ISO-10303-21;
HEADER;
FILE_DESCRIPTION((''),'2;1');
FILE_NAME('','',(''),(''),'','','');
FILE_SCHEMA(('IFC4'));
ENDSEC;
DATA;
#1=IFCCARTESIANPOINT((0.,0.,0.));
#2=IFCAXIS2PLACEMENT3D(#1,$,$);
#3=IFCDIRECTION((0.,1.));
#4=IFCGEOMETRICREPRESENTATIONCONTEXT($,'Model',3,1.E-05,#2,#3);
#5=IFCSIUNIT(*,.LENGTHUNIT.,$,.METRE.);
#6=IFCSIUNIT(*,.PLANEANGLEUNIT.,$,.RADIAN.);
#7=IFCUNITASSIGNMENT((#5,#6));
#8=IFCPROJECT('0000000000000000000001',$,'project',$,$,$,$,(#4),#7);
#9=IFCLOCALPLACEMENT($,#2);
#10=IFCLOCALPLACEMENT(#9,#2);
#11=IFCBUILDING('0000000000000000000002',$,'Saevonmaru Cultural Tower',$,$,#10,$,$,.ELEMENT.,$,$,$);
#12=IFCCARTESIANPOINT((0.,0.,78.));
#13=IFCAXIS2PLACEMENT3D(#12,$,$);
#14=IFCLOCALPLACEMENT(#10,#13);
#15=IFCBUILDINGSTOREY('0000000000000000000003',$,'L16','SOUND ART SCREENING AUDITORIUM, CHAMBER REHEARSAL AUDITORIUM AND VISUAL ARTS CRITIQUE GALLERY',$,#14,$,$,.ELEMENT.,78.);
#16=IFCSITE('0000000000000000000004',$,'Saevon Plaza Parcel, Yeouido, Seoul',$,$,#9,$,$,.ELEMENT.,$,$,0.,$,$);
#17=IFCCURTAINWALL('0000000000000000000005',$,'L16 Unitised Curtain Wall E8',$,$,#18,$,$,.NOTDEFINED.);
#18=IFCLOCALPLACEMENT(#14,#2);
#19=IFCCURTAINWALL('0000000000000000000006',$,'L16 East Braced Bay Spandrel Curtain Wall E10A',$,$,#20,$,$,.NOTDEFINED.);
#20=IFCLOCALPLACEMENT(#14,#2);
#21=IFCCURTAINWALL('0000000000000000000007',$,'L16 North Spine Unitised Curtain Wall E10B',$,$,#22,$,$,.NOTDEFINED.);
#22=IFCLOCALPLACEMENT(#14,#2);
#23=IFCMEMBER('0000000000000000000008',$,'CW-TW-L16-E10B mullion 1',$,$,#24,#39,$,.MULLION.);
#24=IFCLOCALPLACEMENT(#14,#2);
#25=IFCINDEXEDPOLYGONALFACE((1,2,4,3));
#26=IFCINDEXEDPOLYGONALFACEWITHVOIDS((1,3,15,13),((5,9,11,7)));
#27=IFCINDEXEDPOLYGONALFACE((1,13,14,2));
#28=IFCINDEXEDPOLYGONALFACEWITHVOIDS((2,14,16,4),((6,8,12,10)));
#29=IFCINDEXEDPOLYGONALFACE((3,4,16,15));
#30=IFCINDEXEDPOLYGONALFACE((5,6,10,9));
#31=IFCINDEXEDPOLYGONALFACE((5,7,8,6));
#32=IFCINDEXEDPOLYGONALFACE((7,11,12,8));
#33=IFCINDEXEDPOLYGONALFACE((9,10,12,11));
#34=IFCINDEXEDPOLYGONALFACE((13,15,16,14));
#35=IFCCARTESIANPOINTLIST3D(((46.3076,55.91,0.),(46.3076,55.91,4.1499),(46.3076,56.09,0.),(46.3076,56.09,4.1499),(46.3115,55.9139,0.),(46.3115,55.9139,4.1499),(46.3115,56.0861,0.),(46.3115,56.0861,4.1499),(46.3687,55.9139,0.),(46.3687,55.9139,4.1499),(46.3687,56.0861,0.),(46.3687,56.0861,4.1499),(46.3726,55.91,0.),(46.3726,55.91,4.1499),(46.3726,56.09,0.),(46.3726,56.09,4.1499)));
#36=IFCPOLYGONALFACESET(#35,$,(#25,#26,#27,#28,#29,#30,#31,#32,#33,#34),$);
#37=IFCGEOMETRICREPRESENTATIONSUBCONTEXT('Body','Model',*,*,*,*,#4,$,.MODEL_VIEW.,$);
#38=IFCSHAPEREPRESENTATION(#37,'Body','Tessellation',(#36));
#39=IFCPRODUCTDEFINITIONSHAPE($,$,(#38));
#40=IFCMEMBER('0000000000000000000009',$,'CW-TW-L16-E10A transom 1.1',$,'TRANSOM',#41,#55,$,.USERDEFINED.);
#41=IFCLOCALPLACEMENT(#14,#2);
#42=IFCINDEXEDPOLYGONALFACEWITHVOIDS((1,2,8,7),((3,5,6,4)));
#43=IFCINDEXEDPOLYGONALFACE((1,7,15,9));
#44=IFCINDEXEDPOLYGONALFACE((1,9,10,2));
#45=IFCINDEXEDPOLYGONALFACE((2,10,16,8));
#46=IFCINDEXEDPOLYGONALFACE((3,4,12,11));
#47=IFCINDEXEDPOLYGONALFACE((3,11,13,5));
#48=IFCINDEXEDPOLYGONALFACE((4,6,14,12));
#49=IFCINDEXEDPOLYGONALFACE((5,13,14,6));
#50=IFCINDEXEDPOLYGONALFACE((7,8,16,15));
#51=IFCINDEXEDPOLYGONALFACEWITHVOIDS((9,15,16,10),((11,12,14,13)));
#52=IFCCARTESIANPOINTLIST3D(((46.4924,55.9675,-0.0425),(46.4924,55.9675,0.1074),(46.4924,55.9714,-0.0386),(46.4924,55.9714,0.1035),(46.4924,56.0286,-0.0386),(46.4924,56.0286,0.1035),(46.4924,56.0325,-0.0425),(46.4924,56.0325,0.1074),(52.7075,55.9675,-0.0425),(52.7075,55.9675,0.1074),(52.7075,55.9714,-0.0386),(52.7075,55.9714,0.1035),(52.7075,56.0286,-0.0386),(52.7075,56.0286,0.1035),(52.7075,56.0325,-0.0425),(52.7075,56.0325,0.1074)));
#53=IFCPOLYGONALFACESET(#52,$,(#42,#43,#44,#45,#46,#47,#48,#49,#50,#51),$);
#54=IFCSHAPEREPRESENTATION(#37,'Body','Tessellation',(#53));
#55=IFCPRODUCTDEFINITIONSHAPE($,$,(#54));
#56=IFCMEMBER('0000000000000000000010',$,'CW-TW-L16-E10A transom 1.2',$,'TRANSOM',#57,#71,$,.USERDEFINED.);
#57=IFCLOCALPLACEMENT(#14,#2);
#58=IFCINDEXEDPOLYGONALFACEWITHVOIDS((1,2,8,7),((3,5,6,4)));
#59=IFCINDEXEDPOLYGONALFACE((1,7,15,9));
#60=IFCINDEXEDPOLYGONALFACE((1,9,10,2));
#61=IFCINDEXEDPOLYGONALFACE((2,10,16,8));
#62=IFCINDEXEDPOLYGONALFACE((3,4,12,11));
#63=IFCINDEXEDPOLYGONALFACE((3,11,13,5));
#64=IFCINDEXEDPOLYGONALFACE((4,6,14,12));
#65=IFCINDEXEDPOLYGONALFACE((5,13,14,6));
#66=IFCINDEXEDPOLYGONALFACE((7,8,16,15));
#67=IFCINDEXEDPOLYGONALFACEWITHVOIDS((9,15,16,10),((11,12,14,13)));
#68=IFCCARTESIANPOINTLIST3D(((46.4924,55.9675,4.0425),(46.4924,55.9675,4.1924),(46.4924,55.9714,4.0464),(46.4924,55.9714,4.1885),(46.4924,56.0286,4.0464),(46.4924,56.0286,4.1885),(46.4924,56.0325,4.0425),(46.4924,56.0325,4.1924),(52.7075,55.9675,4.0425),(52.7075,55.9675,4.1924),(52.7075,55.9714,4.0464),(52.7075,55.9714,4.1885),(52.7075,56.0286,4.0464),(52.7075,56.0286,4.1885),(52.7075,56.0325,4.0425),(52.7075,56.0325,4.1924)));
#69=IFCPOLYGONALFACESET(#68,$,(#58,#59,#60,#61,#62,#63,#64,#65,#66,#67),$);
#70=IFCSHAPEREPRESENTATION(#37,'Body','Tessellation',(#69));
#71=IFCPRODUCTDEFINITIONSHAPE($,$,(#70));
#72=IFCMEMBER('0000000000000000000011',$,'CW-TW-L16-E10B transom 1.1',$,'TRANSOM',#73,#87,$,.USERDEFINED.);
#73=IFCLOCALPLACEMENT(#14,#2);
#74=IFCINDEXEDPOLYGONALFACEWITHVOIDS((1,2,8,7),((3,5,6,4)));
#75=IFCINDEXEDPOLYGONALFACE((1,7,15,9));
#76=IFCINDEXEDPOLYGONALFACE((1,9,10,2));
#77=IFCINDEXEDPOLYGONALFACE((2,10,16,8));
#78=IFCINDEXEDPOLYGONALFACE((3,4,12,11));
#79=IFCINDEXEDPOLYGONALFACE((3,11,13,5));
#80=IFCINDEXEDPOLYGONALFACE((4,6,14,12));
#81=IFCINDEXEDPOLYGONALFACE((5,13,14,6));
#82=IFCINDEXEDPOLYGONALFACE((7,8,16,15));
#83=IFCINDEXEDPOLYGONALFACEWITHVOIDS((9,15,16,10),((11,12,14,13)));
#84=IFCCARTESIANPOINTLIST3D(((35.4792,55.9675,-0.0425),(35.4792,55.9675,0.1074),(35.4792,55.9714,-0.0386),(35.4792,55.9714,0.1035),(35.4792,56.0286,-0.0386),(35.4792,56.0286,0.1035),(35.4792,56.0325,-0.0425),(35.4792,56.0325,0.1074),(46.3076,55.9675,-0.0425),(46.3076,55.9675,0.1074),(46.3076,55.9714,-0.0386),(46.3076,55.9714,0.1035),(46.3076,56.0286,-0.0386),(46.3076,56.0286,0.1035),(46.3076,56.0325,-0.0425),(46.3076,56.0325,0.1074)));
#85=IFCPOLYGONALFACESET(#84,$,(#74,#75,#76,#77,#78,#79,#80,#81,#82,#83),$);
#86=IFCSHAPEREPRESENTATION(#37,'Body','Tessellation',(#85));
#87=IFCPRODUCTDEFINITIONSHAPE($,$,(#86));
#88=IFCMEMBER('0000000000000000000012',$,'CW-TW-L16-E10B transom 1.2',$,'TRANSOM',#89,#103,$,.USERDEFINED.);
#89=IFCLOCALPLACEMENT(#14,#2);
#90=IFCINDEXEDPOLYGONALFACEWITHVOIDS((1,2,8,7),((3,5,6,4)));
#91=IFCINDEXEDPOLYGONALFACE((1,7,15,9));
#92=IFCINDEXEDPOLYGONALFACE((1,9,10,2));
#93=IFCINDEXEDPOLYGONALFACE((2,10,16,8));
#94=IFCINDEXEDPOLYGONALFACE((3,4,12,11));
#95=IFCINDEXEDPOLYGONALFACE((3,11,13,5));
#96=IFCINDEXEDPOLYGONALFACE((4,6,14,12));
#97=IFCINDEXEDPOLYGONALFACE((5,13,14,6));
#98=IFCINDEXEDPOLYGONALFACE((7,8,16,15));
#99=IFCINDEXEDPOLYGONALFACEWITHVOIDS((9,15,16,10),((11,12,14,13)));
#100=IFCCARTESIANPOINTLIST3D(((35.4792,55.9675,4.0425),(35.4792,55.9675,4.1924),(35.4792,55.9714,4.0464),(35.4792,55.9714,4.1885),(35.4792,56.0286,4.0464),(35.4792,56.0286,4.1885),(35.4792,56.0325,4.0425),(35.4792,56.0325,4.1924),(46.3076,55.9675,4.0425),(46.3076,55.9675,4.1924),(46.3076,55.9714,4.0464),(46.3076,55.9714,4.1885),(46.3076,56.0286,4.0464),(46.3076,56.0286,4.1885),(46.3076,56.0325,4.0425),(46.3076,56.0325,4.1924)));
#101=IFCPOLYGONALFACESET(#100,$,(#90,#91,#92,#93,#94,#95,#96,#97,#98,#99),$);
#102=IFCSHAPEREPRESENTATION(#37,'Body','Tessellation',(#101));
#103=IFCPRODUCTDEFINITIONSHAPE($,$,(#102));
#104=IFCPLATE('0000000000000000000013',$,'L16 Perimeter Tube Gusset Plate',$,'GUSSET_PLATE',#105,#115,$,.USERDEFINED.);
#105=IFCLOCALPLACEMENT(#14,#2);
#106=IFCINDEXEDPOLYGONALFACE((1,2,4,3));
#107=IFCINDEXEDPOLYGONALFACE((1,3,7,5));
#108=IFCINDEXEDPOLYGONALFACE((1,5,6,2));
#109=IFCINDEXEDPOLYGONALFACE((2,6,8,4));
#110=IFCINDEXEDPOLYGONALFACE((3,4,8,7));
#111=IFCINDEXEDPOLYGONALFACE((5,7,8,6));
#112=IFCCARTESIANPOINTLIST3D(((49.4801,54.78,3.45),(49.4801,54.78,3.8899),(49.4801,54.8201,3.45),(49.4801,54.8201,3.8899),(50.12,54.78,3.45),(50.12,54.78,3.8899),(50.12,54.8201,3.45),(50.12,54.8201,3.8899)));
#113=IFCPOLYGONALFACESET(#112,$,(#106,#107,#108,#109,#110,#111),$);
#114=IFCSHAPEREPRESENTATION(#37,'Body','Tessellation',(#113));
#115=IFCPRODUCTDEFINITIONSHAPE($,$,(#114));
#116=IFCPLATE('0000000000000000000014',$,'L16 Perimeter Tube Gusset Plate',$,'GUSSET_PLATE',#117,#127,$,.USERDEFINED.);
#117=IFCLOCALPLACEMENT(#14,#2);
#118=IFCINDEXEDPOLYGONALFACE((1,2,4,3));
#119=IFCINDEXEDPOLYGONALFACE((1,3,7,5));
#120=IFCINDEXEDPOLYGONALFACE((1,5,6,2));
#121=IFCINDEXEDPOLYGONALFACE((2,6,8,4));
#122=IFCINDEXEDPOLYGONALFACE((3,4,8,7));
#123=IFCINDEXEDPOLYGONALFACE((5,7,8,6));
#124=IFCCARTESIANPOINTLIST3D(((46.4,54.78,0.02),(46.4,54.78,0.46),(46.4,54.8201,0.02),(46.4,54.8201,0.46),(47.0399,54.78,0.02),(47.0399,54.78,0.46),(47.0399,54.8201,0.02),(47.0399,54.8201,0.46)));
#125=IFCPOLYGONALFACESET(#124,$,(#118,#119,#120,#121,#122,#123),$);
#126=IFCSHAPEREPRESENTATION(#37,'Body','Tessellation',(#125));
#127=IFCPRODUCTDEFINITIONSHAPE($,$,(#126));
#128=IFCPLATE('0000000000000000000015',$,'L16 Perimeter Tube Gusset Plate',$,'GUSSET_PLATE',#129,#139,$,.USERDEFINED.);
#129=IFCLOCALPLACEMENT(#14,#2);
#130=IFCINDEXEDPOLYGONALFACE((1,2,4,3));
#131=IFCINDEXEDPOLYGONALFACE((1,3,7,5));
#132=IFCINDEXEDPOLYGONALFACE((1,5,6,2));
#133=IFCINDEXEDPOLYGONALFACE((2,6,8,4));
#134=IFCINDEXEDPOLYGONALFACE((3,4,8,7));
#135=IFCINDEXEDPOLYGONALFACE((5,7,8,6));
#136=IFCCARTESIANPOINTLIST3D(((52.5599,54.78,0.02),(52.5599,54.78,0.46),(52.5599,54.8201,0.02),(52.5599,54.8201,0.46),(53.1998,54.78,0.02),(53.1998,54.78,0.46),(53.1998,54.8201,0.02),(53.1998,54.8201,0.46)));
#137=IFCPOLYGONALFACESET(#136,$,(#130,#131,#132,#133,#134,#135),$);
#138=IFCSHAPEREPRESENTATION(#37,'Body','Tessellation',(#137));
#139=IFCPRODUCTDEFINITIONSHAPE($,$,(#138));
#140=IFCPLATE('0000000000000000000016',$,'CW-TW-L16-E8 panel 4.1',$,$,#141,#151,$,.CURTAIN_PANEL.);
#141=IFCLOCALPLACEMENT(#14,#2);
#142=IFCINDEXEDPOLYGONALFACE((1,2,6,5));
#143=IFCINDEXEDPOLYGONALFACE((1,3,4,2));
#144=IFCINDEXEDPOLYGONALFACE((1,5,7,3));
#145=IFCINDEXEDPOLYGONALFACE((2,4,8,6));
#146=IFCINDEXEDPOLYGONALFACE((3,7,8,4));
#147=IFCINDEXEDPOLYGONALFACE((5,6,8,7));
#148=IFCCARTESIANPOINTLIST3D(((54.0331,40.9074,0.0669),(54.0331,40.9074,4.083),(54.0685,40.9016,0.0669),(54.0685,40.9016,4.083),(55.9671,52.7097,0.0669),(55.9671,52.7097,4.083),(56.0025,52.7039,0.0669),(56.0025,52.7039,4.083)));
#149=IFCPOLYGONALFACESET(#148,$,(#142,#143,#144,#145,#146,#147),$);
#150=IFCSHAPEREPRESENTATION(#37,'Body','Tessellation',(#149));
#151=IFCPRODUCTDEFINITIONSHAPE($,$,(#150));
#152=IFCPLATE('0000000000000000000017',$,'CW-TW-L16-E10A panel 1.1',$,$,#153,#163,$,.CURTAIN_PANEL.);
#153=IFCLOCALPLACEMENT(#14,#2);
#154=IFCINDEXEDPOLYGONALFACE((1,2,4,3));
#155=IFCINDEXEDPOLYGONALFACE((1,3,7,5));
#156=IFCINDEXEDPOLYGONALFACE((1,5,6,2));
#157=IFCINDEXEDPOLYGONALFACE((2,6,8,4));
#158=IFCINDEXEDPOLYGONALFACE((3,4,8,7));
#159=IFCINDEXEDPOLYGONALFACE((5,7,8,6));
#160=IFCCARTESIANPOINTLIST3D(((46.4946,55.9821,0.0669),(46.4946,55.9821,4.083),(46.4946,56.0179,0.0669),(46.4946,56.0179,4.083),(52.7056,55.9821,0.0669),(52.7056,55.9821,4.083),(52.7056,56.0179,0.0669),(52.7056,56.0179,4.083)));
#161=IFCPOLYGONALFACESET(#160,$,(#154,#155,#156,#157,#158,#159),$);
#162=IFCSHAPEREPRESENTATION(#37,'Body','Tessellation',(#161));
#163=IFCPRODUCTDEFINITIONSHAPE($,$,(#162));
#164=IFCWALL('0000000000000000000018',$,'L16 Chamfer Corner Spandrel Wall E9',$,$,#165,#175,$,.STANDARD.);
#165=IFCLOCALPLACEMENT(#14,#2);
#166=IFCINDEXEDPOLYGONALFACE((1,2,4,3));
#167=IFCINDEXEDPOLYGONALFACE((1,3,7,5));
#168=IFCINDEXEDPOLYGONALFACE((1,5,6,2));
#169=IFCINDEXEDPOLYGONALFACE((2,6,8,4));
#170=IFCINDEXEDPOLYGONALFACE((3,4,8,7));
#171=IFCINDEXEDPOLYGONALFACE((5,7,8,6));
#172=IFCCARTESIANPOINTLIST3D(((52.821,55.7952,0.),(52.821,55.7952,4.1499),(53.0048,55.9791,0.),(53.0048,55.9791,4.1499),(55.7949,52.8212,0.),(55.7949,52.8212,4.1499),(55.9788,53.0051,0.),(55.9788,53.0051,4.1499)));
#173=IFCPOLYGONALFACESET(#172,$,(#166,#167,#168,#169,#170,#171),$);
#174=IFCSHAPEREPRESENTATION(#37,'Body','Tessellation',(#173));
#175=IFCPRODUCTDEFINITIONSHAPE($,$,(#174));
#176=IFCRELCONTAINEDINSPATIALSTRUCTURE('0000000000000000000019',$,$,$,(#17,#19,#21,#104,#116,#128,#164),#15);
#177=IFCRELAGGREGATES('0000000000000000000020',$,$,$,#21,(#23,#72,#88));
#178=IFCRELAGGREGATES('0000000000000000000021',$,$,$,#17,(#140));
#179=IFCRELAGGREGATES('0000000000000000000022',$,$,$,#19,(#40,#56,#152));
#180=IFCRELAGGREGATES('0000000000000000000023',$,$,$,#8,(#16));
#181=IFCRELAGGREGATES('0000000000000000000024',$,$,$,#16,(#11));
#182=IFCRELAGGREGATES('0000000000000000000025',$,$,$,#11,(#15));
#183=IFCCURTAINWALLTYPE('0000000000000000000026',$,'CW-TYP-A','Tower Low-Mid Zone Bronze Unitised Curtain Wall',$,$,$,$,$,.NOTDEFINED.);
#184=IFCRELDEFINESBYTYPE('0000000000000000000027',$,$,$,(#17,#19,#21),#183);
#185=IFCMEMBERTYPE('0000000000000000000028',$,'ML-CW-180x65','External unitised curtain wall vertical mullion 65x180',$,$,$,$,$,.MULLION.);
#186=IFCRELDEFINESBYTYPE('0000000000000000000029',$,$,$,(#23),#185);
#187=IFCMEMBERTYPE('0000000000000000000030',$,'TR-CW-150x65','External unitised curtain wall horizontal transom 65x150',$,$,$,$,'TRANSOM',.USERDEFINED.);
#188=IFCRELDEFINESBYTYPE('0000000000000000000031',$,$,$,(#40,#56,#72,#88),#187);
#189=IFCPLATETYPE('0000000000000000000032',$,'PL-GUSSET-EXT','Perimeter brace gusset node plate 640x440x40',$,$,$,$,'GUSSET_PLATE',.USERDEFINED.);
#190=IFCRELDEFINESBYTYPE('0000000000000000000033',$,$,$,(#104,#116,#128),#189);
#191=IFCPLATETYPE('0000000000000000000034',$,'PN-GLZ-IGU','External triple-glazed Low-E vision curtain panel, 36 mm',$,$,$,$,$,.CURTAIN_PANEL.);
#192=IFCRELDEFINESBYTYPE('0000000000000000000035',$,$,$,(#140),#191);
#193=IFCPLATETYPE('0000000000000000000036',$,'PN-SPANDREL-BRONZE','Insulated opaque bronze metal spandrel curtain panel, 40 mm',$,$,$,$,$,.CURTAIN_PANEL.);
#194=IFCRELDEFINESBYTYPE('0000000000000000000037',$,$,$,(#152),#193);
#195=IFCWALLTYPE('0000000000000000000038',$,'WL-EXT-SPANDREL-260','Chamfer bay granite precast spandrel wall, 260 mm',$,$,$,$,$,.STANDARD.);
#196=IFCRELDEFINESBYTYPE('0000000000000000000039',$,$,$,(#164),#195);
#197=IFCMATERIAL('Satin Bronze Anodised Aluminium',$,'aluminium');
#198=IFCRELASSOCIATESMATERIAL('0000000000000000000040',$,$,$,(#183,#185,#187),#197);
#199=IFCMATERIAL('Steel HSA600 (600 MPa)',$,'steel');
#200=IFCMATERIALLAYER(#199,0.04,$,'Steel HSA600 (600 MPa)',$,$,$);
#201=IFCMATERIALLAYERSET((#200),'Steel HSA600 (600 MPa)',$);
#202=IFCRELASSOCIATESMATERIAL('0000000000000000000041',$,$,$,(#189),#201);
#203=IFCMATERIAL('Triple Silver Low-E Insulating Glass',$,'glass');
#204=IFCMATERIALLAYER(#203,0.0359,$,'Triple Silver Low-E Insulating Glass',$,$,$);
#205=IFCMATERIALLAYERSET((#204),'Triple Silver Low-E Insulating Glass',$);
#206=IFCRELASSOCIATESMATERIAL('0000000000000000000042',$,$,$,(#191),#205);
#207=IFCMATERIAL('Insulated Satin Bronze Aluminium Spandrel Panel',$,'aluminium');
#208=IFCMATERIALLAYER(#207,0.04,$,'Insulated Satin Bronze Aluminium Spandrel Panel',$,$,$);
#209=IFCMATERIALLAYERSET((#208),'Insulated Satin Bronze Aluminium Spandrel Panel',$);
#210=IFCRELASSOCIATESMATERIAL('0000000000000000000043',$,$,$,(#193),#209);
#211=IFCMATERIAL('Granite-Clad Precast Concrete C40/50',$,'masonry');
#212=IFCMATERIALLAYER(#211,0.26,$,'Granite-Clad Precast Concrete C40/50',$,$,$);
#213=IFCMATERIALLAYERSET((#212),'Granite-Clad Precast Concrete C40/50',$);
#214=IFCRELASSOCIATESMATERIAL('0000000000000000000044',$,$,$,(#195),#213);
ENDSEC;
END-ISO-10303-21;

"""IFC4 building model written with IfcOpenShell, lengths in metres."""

from ifc_helpers import new_model, si_unit, direction, frame, frame_2d, origin, origin_2d, place, context, subcontext, project, spatial, rectangle, hollow_rectangle, extrude, material, layer, layer_set, material_profile, profile_set, type_object, element, aggregate, save


model = new_model("IFC4")

# Units and contexts
model_context = context("Model", 3, precision=1e-05, world=origin(), true_north=direction((0.0, 1.0)))
body_context = subcontext(model_context, "Body", "Model", "MODEL_VIEW")
ifc_project = project(units=[si_unit("LENGTHUNIT", "METRE"), si_unit("PLANEANGLEUNIT", "RADIAN")], contexts=[model_context])

# Site, building, storey
site_placement = place(None, origin())
site = spatial("IfcSite", under=ifc_project, at=site_placement, Name="Saevon Plaza Parcel, Yeouido, Seoul", CompositionType="ELEMENT", RefElevation=0.0)
building_placement = place(site_placement, origin())
building = spatial("IfcBuilding", under=site, at=building_placement, Name="Saevonmaru Cultural Tower", CompositionType="ELEMENT")
storey_placement = place(building_placement, frame((0.0, 0.0, 78.0)))
storey = spatial("IfcBuildingStorey", under=building, at=storey_placement, Name="L16", Description="SOUND ART SCREENING AUDITORIUM, CHAMBER REHEARSAL AUDITORIUM AND VISUAL ARTS CRITIQUE GALLERY", CompositionType="ELEMENT", Elevation=78.0)

# Shared definitions
ifc_material_1 = material(Name="Steel HSA600 (600 MPa)", Category="steel")

# Curtain wall
ifc_material_2 = material(Name="Satin Bronze Anodised Aluminium", Category="aluminium")
curtain_wall_type = type_object("IfcCurtainWallType", Name="CW-TYP-A", Description="Tower Low-Mid Zone Bronze Unitised Curtain Wall", PredefinedType="NOTDEFINED", material=ifc_material_2)
curtain_wall_1_placement = place(storey_placement, origin())
curtain_wall_1 = element("IfcCurtainWall", 1, at=curtain_wall_1_placement, inside=storey, type_object=curtain_wall_type, Name="L16 Unitised Curtain Wall E8", PredefinedType="NOTDEFINED")
ifc_material_profile_1 = material_profile(ifc_material_2, hollow_rectangle(XDim=0.0649, YDim=0.1799, WallThickness=0.0039, at=origin_2d()), Name="ALU-MULL-180x65x4")
ifc_profile_set_1 = profile_set([ifc_material_profile_1], Name="Satin Bronze Anodised Aluminium")
member_type_1 = type_object("IfcMemberType", Name="ML-CW-180x65", Description="External unitised curtain wall vertical mullion 65x180", PredefinedType="MULLION", material=ifc_profile_set_1)

# Curtain wall
curtain_wall_2_placement = place(storey_placement, origin())
curtain_wall_2 = element("IfcCurtainWall", 2, at=curtain_wall_2_placement, inside=storey, type_object=curtain_wall_type, Name="L16 East Braced Bay Spandrel Curtain Wall E10A", PredefinedType="NOTDEFINED")

# Curtain wall, member
curtain_wall_3_placement = place(storey_placement, origin())
curtain_wall_3 = element("IfcCurtainWall", 3, at=curtain_wall_3_placement, inside=storey, type_object=curtain_wall_type, Name="L16 North Spine Unitised Curtain Wall E10B", PredefinedType="NOTDEFINED")
member_1_placement = place(storey_placement, frame((46.3401, 56.0, 0.0), z_axis=(0.0, 0.0, 1.0), x_axis=(-1.0, 0.0, 0.0)))
member_1 = element("IfcMember", 4, at=member_1_placement, type_object=member_type_1, Name="CW-TW-L16-E10B mullion 1", PredefinedType="MULLION", context=body_context, shape_type="SweptSolid", body=[
    extrude(hollow_rectangle(XDim=0.0649, YDim=0.1799, WallThickness=0.0039, at=origin_2d()), origin(), (0.0, 0.0, 1.0), 4.1499),
])

# Members
ifc_material_profile_2 = material_profile(ifc_material_2, hollow_rectangle(XDim=0.0649, YDim=0.1499, WallThickness=0.0039, at=origin_2d()), Name="ALU-TRAN-150x65x4")
ifc_profile_set_2 = profile_set([ifc_material_profile_2], Name="Satin Bronze Anodised Aluminium")
member_type_2 = type_object("IfcMemberType", Name="TR-CW-150x65", Description="External unitised curtain wall horizontal transom 65x150", ElementType="TRANSOM", PredefinedType="USERDEFINED", material=ifc_profile_set_2)
member_2_placement = place(storey_placement, frame((52.7075, 56.0, 0.0325), z_axis=(-1.0, 0.0, 0.0), x_axis=(0.0, -1.0, 0.0)))
member_2 = element("IfcMember", 5, at=member_2_placement, type_object=member_type_2, Name="CW-TW-L16-E10A transom 1.1", ObjectType="TRANSOM", PredefinedType="USERDEFINED", context=body_context, shape_type="SweptSolid", body=[
    extrude(hollow_rectangle(XDim=0.0649, YDim=0.1499, WallThickness=0.0039, at=origin_2d()), origin(), (0.0, 0.0, 1.0), 6.2151),
])
member_3_placement = place(storey_placement, frame((52.7075, 56.0, 4.1174), z_axis=(-1.0, 0.0, 0.0), x_axis=(0.0, -1.0, 0.0)))
member_3 = element("IfcMember", 6, at=member_3_placement, type_object=member_type_2, Name="CW-TW-L16-E10A transom 1.2", ObjectType="TRANSOM", PredefinedType="USERDEFINED", context=body_context, shape_type="SweptSolid", body=[
    extrude(hollow_rectangle(XDim=0.0649, YDim=0.1499, WallThickness=0.0039, at=origin_2d()), origin(), (0.0, 0.0, 1.0), 6.2151),
])
member_4_placement = place(storey_placement, frame((46.3076, 56.0, 0.0325), z_axis=(-1.0, 0.0, 0.0), x_axis=(0.0, -1.0, 0.0)))
member_4 = element("IfcMember", 7, at=member_4_placement, type_object=member_type_2, Name="CW-TW-L16-E10B transom 1.1", ObjectType="TRANSOM", PredefinedType="USERDEFINED", context=body_context, shape_type="SweptSolid", body=[
    extrude(hollow_rectangle(XDim=0.0649, YDim=0.1499, WallThickness=0.0039, at=origin_2d()), origin(), (0.0, 0.0, 1.0), 10.8284),
])
member_5_placement = place(storey_placement, frame((46.3076, 56.0, 4.1174), z_axis=(-1.0, 0.0, 0.0), x_axis=(0.0, -1.0, 0.0)))
member_5 = element("IfcMember", 8, at=member_5_placement, type_object=member_type_2, Name="CW-TW-L16-E10B transom 1.2", ObjectType="TRANSOM", PredefinedType="USERDEFINED", context=body_context, shape_type="SweptSolid", body=[
    extrude(hollow_rectangle(XDim=0.0649, YDim=0.1499, WallThickness=0.0039, at=origin_2d()), origin(), (0.0, 0.0, 1.0), 10.8284),
])
aggregate(curtain_wall_3, [member_1, member_4, member_5])

# Plates
ifc_layer_1 = layer(ifc_material_1, 0.04, Name="Steel HSA600 (600 MPa)")
ifc_layer_set_1 = layer_set([ifc_layer_1], Name="Steel HSA600 (600 MPa)")
plate_type_1 = type_object("IfcPlateType", Name="PL-GUSSET-EXT", Description="Perimeter brace gusset node plate 640x440x40", ElementType="GUSSET_PLATE", PredefinedType="USERDEFINED", material=ifc_layer_set_1)
for number, where, z_axis, x_axis, name in (
    (9, (49.8, 54.8, 3.45), (0.0, 0.0, 1.0), (1.0, 0.0, 0.0), "L16 Perimeter Tube Gusset Plate"),
    (10, (46.72, 54.8, 0.02), (0.0, 0.0, 1.0), (1.0, 0.0, 0.0), "L16 Perimeter Tube Gusset Plate"),
    (11, (52.8799, 54.8, 0.02), (0.0, 0.0, 1.0), (1.0, 0.0, 0.0), "L16 Perimeter Tube Gusset Plate"),
):
    element("IfcPlate", number, at=place(storey_placement, frame(where, z_axis=z_axis, x_axis=x_axis)), inside=storey, type_object=plate_type_1, Name=name, ObjectType="GUSSET_PLATE", PredefinedType="USERDEFINED", context=body_context, shape_type="SweptSolid", body=[
        extrude(rectangle(XDim=0.6399, YDim=0.04, at=origin_2d()), origin(), (0.0, 0.0, 1.0), 0.4399),
    ])

# Plates
ifc_material_3 = material(Name="Triple Silver Low-E Insulating Glass", Category="glass")
ifc_layer_2 = layer(ifc_material_3, 0.0359, Name="Triple Silver Low-E Insulating Glass")
ifc_layer_set_2 = layer_set([ifc_layer_2], Name="Triple Silver Low-E Insulating Glass")
plate_type_2 = type_object("IfcPlateType", Name="PN-GLZ-IGU", Description="External triple-glazed Low-E vision curtain panel, 36 mm", PredefinedType="CURTAIN_PANEL", material=ifc_layer_set_2)
plate_1_placement = place(storey_placement, frame((55.0178, 46.8057, 0.0669), z_axis=(0.0, 0.0, 1.0), x_axis=(0.161709, 0.986839, 0.0)))
plate_1 = element("IfcPlate", 12, at=plate_1_placement, type_object=plate_type_2, Name="CW-TW-L16-E8 panel 4.1", PredefinedType="CURTAIN_PANEL", context=body_context, shape_type="SweptSolid", body=[
    extrude(rectangle(XDim=11.9597, YDim=0.0359, at=origin_2d()), origin(), (0.0, 0.0, 1.0), 4.0161),
])
aggregate(curtain_wall_1, [plate_1])
ifc_material_4 = material(Name="Insulated Satin Bronze Aluminium Spandrel Panel", Category="aluminium")
ifc_layer_3 = layer(ifc_material_4, 0.04, Name="Insulated Satin Bronze Aluminium Spandrel Panel")
ifc_layer_set_3 = layer_set([ifc_layer_3], Name="Insulated Satin Bronze Aluminium Spandrel Panel")
plate_type_3 = type_object("IfcPlateType", Name="PN-SPANDREL-BRONZE", Description="Insulated opaque bronze metal spandrel curtain panel, 40 mm", PredefinedType="CURTAIN_PANEL", material=ifc_layer_set_3)
plate_2_placement = place(storey_placement, frame((49.6001, 56.0, 0.0669), z_axis=(0.0, 0.0, 1.0), x_axis=(-1.0, 0.0, 0.0)))
plate_2 = element("IfcPlate", 13, at=plate_2_placement, type_object=plate_type_3, Name="CW-TW-L16-E10A panel 1.1", PredefinedType="CURTAIN_PANEL", context=body_context, shape_type="SweptSolid", body=[
    extrude(rectangle(XDim=6.2109, YDim=0.0359, at=origin_2d()), origin(), (0.0, 0.0, 1.0), 4.0161),
])
aggregate(curtain_wall_2, [member_2, member_3, plate_2])

# Wall
ifc_material_5 = material(Name="Granite-Clad Precast Concrete C40/50", Category="masonry")
ifc_layer_4 = layer(ifc_material_5, 0.26, Name="Granite-Clad Precast Concrete C40/50")
ifc_layer_set_4 = layer_set([ifc_layer_4], Name="Granite-Clad Precast Concrete C40/50")
wall_type_1 = type_object("IfcWallType", Name="WL-EXT-SPANDREL-260", Description="Chamfer bay granite precast spandrel wall, 260 mm", PredefinedType="STANDARD", material=ifc_layer_set_4)
wall_1_placement = place(storey_placement, frame((55.887, 52.9131, 0.0), z_axis=(0.0, 0.0, 1.0), x_axis=(-0.707107, 0.707107, 0.0)))
element("IfcWall", 14, at=wall_1_placement, inside=storey, type_object=wall_type_1, Name="L16 Chamfer Corner Spandrel Wall E9", PredefinedType="STANDARD", context=body_context, shape_type="SweptSolid", body=[
    extrude(rectangle(XDim=4.2058, YDim=0.26, at=frame_2d((2.103, 0.0))), origin(), (0.0, 0.0, 1.0), 4.1499),
])

save(model, "model.ifc")
